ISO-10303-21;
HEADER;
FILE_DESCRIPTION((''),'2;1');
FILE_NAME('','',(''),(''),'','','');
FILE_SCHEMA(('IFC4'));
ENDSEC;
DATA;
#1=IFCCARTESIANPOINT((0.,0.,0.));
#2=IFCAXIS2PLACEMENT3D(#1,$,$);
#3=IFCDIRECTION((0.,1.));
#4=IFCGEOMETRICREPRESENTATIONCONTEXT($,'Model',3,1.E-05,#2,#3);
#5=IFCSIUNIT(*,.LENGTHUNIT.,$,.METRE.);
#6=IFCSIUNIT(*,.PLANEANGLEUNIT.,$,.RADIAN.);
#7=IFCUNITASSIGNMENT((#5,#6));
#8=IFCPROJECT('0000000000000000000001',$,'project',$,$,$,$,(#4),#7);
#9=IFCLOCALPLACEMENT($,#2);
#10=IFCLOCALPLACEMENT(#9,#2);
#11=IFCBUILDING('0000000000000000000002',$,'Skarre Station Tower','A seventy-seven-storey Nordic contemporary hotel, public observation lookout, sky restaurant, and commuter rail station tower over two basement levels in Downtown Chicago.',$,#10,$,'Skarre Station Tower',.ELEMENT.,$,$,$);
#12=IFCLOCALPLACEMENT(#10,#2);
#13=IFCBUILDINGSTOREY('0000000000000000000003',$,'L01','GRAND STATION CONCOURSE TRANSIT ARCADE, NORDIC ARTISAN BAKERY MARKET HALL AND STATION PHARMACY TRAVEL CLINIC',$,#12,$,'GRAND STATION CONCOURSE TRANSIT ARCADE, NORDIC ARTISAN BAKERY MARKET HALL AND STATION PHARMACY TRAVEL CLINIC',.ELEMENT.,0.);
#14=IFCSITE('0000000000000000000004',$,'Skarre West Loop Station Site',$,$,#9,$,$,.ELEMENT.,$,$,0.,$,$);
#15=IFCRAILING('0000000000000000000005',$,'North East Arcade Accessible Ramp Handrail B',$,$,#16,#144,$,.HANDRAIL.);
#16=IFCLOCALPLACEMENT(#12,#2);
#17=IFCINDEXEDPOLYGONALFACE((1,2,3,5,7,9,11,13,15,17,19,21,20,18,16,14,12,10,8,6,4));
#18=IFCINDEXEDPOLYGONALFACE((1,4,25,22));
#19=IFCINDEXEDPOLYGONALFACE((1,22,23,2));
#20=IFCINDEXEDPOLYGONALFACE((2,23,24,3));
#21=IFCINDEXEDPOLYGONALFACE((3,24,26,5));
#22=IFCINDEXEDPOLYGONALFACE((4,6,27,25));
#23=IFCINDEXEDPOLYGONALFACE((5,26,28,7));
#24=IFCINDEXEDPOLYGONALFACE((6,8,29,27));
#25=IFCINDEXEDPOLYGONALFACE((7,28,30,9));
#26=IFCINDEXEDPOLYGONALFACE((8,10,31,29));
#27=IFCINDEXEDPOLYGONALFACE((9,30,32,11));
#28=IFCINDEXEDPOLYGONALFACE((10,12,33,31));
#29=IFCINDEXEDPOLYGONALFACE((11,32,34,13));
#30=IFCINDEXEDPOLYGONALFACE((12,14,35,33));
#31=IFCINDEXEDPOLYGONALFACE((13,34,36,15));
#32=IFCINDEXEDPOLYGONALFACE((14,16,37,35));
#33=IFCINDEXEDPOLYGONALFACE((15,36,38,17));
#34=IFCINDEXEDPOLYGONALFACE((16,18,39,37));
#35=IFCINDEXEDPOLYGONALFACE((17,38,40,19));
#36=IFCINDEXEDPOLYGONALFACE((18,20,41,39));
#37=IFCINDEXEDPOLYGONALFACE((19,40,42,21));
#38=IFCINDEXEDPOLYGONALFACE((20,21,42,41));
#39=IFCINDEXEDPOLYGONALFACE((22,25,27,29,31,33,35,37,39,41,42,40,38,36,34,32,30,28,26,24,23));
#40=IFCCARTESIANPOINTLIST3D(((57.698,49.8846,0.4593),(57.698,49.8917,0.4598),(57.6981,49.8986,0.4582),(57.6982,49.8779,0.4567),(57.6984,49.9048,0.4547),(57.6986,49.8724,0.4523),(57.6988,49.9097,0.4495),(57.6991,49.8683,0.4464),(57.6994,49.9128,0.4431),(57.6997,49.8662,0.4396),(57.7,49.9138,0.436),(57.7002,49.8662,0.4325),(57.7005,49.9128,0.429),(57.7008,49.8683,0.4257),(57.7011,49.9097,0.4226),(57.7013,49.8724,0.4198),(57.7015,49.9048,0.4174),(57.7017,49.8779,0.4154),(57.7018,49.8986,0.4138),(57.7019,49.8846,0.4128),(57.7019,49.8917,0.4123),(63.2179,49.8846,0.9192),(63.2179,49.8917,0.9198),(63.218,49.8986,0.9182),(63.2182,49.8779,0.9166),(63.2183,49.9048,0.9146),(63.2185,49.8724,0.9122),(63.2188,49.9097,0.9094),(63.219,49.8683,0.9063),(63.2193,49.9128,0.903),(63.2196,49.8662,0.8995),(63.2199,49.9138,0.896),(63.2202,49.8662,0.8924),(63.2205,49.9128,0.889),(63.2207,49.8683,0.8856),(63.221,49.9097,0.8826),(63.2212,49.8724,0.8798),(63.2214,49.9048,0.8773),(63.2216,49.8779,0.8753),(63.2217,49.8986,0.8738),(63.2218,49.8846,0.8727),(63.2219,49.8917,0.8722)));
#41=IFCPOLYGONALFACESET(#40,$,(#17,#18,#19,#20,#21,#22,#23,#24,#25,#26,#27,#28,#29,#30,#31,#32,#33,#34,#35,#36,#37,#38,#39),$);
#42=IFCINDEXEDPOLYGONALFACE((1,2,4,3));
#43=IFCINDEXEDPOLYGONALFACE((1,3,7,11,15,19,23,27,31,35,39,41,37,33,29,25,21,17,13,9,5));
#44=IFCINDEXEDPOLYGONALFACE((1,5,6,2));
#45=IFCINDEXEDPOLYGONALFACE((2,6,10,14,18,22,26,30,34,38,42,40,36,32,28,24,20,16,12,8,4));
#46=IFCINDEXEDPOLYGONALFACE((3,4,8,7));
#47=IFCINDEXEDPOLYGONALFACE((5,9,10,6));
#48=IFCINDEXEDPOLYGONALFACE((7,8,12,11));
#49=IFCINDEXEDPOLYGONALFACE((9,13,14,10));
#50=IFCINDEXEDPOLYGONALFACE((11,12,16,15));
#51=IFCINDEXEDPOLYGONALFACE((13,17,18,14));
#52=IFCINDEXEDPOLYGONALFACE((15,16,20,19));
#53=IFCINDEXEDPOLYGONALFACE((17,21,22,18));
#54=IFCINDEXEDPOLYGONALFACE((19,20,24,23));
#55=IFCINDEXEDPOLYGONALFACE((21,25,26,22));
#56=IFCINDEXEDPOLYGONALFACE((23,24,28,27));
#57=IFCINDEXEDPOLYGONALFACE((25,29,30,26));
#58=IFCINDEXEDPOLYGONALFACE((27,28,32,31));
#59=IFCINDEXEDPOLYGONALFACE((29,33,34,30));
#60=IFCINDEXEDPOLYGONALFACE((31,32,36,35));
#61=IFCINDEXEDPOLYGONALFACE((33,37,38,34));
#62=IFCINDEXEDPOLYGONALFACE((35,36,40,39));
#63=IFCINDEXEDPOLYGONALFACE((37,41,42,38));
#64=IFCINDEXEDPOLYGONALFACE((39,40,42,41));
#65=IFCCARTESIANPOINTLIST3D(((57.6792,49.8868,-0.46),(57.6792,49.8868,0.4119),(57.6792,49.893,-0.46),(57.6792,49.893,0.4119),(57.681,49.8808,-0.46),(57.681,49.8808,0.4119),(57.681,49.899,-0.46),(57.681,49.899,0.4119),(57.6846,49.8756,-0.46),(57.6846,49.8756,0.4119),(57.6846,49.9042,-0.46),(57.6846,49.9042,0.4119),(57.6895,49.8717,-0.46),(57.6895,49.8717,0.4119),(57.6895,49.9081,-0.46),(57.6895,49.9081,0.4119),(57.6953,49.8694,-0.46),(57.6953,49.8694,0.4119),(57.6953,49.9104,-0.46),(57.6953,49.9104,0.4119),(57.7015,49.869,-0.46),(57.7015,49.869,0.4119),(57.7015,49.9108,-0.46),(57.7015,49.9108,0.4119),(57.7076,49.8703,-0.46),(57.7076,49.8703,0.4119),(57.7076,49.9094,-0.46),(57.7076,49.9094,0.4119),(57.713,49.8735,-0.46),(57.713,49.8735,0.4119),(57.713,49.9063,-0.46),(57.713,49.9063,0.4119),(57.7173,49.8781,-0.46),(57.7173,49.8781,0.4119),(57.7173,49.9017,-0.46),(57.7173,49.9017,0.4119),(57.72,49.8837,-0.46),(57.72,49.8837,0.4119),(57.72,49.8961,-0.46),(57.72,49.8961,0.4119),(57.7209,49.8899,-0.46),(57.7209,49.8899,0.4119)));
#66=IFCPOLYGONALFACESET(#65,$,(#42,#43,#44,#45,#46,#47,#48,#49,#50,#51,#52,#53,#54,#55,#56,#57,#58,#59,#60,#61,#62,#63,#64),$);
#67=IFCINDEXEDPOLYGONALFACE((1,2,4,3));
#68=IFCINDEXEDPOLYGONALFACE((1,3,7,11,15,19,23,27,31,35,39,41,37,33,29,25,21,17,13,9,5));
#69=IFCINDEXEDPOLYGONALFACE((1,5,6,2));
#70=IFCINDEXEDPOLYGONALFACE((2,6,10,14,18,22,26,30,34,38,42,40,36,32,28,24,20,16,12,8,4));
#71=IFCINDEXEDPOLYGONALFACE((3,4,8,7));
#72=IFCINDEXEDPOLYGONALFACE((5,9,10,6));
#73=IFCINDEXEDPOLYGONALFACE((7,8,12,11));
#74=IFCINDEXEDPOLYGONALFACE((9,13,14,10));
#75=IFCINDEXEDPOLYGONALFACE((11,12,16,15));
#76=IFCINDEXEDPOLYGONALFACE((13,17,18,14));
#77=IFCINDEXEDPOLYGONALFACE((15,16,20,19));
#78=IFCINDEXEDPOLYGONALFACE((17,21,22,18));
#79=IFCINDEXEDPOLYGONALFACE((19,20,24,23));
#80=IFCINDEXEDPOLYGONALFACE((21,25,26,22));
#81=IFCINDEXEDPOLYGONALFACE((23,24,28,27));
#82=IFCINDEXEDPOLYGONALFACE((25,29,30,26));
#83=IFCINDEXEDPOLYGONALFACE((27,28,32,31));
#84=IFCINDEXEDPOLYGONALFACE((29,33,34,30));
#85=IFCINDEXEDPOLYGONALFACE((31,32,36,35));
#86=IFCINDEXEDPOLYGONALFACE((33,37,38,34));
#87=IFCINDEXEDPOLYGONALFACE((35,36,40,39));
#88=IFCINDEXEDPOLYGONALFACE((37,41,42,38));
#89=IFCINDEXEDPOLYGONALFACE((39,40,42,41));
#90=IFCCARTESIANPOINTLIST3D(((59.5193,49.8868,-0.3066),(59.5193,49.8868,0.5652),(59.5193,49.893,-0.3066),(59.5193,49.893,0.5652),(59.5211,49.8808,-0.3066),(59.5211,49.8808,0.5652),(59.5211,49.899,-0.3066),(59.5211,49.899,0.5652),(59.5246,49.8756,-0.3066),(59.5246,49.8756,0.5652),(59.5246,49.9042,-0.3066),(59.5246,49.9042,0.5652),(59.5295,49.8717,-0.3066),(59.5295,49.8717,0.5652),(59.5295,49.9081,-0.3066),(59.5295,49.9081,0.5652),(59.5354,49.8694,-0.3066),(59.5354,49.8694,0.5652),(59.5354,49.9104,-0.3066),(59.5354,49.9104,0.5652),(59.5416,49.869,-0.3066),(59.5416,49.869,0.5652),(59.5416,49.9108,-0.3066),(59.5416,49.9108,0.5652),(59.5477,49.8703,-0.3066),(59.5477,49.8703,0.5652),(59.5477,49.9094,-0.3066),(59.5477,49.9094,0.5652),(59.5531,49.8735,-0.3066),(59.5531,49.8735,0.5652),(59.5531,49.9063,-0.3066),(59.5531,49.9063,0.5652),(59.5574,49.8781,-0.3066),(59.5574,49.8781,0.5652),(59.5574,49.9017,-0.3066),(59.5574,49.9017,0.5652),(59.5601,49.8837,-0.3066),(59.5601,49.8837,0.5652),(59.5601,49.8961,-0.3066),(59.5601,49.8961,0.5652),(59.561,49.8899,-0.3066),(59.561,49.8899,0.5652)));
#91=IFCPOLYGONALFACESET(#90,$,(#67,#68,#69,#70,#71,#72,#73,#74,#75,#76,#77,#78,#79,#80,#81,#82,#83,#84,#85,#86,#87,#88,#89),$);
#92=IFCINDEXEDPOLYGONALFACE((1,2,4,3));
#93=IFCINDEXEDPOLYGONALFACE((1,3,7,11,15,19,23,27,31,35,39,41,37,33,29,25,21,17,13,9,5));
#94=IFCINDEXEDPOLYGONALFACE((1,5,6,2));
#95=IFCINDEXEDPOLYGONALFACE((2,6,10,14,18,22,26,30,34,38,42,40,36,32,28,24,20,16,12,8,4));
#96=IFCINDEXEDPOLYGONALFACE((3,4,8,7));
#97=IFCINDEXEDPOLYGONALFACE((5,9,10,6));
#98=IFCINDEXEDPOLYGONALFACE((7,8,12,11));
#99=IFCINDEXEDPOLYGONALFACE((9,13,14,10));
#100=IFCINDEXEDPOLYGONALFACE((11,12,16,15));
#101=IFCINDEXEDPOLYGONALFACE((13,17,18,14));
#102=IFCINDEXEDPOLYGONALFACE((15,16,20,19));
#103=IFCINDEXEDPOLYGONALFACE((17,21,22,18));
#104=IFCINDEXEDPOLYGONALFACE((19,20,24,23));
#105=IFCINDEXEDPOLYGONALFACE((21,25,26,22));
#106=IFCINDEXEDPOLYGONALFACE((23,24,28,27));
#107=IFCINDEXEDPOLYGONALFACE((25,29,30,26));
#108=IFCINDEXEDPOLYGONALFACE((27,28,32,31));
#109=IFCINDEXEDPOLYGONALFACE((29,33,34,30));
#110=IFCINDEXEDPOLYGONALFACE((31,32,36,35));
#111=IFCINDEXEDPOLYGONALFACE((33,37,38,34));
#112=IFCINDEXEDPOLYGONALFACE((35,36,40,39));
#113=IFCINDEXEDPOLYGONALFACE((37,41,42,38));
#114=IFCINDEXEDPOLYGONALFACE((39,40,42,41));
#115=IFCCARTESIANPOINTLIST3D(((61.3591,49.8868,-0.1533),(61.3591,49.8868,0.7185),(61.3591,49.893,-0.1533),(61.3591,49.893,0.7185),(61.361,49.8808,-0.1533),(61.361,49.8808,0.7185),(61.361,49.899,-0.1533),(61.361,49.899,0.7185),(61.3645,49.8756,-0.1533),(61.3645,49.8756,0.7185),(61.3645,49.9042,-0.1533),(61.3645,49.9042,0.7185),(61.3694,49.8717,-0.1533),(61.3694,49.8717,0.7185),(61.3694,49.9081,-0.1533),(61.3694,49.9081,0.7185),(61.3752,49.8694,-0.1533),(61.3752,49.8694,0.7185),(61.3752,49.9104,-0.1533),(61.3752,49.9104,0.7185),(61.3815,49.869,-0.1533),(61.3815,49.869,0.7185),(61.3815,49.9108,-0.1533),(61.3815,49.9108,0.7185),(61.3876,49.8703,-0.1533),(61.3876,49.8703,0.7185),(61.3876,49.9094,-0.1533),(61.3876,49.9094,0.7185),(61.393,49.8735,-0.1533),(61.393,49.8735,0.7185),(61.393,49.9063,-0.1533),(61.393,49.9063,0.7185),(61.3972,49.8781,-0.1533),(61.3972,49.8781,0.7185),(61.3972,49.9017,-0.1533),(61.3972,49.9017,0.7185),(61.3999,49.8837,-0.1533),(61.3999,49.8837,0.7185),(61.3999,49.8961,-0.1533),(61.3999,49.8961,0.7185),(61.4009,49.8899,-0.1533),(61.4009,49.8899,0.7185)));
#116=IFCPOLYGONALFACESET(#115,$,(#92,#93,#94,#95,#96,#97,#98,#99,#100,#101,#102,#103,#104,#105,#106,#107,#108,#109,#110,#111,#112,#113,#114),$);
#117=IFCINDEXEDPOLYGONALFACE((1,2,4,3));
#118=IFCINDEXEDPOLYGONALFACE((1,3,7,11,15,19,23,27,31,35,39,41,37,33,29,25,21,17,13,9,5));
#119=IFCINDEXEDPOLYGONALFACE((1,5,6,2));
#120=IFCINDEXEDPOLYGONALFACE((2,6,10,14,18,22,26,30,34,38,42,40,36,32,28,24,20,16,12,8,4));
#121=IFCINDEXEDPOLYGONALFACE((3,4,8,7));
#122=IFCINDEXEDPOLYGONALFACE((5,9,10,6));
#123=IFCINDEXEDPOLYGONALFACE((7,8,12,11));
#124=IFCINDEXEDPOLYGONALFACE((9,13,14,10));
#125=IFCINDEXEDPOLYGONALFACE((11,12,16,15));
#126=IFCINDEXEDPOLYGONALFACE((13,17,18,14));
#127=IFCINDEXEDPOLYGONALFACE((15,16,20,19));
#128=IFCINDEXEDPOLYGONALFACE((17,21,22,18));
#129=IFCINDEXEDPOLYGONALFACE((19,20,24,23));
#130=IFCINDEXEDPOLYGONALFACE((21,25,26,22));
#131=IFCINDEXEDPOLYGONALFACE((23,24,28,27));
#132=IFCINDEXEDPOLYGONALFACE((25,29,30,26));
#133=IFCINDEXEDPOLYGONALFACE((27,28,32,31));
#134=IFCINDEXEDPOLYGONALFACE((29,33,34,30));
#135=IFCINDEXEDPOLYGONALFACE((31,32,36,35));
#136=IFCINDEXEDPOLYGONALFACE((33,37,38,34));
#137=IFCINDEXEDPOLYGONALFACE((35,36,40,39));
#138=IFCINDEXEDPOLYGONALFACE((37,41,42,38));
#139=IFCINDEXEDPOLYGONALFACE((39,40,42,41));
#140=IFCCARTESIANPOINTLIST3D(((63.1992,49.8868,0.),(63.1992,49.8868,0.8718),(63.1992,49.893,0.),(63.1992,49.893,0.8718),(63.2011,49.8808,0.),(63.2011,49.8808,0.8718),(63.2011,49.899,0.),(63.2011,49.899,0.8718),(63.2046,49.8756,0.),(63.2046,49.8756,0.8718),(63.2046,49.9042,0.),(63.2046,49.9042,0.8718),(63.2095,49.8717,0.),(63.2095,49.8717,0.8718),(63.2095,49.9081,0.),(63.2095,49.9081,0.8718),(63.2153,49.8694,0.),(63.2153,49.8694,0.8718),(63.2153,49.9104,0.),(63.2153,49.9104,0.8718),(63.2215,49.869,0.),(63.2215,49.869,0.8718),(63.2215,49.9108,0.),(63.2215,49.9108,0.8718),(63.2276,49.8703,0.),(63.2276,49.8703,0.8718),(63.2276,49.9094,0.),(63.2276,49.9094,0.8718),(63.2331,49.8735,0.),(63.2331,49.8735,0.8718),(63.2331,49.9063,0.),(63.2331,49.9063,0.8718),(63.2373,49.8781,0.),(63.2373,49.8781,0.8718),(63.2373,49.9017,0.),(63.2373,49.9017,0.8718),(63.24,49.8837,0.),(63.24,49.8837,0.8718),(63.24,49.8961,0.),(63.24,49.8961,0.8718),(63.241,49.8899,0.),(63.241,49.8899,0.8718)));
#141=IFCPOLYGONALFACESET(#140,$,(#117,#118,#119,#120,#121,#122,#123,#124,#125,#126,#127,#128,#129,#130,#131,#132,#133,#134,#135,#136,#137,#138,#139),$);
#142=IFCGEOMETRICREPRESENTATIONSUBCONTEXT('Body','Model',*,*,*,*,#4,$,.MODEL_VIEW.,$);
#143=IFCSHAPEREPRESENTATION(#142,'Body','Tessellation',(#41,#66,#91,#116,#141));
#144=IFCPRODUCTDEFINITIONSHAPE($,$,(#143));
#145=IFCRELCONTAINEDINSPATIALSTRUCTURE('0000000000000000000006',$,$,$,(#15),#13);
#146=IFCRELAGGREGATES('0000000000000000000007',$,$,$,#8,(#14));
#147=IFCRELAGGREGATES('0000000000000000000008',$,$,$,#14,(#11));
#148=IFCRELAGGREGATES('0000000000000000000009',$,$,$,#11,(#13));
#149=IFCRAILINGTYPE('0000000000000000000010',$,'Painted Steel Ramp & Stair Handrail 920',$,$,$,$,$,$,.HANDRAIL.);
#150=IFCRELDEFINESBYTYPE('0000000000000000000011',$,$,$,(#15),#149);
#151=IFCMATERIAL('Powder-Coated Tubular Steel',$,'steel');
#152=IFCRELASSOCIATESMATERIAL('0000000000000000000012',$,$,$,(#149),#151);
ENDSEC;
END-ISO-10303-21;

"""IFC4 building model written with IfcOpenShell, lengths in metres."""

from ifc_helpers import new_model, si_unit, direction, frame, origin, origin_2d, place, context, subcontext, project, spatial, circle, extrude, material, type_object, element, save


model = new_model("IFC4")

# Units and contexts
model_context = context("Model", 3, precision=1e-05, world=origin(), true_north=direction((0.0, 1.0)))
body_context = subcontext(model_context, "Body", "Model", "MODEL_VIEW")
ifc_project = project(units=[si_unit("LENGTHUNIT", "METRE"), si_unit("PLANEANGLEUNIT", "RADIAN")], contexts=[model_context])

# Site, building, storey
site_placement = place(None, origin())
site = spatial("IfcSite", under=ifc_project, at=site_placement, Name="Skarre West Loop Station Site", CompositionType="ELEMENT", RefElevation=0.0)
building_placement = place(site_placement, origin())
building = spatial("IfcBuilding", under=site, at=building_placement, Name="Skarre Station Tower", Description="A seventy-seven-storey Nordic contemporary hotel, public observation lookout, sky restaurant, and commuter rail station tower over two basement levels in Downtown Chicago.", LongName="Skarre Station Tower", CompositionType="ELEMENT")
storey_placement = place(building_placement, origin())
storey = spatial("IfcBuildingStorey", under=building, at=storey_placement, Name="L01", Description="GRAND STATION CONCOURSE TRANSIT ARCADE, NORDIC ARTISAN BAKERY MARKET HALL AND STATION PHARMACY TRAVEL CLINIC", LongName="GRAND STATION CONCOURSE TRANSIT ARCADE, NORDIC ARTISAN BAKERY MARKET HALL AND STATION PHARMACY TRAVEL CLINIC", CompositionType="ELEMENT", Elevation=0.0)

# Railing
ifc_material_1 = material(Name="Powder-Coated Tubular Steel", Category="steel")
railing_type = type_object("IfcRailingType", Name="Painted Steel Ramp & Stair Handrail 920", PredefinedType="HANDRAIL", material=ifc_material_1)
for number, where, name in (
    (1, (57.7, 49.8899, -0.46), "North East Arcade Accessible Ramp Handrail B"),
):
    element("IfcRailing", number, at=place(storey_placement, frame(where)), inside=storey, type_object=railing_type, Name=name, PredefinedType="HANDRAIL", context=body_context, shape_type="SweptSolid", body=[
        extrude(circle(Radius=0.0239, at=origin_2d()), frame((0.0, 0.0, 0.896), z_axis=(0.996546, 0.0, 0.083038), x_axis=(0.0, 1.0, 0.0)), (0.0, 0.0, 1.0), 5.5391),
        extrude(circle(Radius=0.021, at=origin_2d()), origin(), (0.0, 0.0, 1.0), 0.8718),
        extrude(circle(Radius=0.021, at=origin_2d()), frame((1.8401, 0.0, 0.1533)), (0.0, 0.0, 1.0), 0.8718),
        extrude(circle(Radius=0.021, at=origin_2d()), frame((3.6799, 0.0, 0.3066)), (0.0, 0.0, 1.0), 0.8718),
        extrude(circle(Radius=0.021, at=origin_2d()), frame((5.52, 0.0, 0.46)), (0.0, 0.0, 1.0), 0.8718),
    ])

save(model, "model.ifc")
